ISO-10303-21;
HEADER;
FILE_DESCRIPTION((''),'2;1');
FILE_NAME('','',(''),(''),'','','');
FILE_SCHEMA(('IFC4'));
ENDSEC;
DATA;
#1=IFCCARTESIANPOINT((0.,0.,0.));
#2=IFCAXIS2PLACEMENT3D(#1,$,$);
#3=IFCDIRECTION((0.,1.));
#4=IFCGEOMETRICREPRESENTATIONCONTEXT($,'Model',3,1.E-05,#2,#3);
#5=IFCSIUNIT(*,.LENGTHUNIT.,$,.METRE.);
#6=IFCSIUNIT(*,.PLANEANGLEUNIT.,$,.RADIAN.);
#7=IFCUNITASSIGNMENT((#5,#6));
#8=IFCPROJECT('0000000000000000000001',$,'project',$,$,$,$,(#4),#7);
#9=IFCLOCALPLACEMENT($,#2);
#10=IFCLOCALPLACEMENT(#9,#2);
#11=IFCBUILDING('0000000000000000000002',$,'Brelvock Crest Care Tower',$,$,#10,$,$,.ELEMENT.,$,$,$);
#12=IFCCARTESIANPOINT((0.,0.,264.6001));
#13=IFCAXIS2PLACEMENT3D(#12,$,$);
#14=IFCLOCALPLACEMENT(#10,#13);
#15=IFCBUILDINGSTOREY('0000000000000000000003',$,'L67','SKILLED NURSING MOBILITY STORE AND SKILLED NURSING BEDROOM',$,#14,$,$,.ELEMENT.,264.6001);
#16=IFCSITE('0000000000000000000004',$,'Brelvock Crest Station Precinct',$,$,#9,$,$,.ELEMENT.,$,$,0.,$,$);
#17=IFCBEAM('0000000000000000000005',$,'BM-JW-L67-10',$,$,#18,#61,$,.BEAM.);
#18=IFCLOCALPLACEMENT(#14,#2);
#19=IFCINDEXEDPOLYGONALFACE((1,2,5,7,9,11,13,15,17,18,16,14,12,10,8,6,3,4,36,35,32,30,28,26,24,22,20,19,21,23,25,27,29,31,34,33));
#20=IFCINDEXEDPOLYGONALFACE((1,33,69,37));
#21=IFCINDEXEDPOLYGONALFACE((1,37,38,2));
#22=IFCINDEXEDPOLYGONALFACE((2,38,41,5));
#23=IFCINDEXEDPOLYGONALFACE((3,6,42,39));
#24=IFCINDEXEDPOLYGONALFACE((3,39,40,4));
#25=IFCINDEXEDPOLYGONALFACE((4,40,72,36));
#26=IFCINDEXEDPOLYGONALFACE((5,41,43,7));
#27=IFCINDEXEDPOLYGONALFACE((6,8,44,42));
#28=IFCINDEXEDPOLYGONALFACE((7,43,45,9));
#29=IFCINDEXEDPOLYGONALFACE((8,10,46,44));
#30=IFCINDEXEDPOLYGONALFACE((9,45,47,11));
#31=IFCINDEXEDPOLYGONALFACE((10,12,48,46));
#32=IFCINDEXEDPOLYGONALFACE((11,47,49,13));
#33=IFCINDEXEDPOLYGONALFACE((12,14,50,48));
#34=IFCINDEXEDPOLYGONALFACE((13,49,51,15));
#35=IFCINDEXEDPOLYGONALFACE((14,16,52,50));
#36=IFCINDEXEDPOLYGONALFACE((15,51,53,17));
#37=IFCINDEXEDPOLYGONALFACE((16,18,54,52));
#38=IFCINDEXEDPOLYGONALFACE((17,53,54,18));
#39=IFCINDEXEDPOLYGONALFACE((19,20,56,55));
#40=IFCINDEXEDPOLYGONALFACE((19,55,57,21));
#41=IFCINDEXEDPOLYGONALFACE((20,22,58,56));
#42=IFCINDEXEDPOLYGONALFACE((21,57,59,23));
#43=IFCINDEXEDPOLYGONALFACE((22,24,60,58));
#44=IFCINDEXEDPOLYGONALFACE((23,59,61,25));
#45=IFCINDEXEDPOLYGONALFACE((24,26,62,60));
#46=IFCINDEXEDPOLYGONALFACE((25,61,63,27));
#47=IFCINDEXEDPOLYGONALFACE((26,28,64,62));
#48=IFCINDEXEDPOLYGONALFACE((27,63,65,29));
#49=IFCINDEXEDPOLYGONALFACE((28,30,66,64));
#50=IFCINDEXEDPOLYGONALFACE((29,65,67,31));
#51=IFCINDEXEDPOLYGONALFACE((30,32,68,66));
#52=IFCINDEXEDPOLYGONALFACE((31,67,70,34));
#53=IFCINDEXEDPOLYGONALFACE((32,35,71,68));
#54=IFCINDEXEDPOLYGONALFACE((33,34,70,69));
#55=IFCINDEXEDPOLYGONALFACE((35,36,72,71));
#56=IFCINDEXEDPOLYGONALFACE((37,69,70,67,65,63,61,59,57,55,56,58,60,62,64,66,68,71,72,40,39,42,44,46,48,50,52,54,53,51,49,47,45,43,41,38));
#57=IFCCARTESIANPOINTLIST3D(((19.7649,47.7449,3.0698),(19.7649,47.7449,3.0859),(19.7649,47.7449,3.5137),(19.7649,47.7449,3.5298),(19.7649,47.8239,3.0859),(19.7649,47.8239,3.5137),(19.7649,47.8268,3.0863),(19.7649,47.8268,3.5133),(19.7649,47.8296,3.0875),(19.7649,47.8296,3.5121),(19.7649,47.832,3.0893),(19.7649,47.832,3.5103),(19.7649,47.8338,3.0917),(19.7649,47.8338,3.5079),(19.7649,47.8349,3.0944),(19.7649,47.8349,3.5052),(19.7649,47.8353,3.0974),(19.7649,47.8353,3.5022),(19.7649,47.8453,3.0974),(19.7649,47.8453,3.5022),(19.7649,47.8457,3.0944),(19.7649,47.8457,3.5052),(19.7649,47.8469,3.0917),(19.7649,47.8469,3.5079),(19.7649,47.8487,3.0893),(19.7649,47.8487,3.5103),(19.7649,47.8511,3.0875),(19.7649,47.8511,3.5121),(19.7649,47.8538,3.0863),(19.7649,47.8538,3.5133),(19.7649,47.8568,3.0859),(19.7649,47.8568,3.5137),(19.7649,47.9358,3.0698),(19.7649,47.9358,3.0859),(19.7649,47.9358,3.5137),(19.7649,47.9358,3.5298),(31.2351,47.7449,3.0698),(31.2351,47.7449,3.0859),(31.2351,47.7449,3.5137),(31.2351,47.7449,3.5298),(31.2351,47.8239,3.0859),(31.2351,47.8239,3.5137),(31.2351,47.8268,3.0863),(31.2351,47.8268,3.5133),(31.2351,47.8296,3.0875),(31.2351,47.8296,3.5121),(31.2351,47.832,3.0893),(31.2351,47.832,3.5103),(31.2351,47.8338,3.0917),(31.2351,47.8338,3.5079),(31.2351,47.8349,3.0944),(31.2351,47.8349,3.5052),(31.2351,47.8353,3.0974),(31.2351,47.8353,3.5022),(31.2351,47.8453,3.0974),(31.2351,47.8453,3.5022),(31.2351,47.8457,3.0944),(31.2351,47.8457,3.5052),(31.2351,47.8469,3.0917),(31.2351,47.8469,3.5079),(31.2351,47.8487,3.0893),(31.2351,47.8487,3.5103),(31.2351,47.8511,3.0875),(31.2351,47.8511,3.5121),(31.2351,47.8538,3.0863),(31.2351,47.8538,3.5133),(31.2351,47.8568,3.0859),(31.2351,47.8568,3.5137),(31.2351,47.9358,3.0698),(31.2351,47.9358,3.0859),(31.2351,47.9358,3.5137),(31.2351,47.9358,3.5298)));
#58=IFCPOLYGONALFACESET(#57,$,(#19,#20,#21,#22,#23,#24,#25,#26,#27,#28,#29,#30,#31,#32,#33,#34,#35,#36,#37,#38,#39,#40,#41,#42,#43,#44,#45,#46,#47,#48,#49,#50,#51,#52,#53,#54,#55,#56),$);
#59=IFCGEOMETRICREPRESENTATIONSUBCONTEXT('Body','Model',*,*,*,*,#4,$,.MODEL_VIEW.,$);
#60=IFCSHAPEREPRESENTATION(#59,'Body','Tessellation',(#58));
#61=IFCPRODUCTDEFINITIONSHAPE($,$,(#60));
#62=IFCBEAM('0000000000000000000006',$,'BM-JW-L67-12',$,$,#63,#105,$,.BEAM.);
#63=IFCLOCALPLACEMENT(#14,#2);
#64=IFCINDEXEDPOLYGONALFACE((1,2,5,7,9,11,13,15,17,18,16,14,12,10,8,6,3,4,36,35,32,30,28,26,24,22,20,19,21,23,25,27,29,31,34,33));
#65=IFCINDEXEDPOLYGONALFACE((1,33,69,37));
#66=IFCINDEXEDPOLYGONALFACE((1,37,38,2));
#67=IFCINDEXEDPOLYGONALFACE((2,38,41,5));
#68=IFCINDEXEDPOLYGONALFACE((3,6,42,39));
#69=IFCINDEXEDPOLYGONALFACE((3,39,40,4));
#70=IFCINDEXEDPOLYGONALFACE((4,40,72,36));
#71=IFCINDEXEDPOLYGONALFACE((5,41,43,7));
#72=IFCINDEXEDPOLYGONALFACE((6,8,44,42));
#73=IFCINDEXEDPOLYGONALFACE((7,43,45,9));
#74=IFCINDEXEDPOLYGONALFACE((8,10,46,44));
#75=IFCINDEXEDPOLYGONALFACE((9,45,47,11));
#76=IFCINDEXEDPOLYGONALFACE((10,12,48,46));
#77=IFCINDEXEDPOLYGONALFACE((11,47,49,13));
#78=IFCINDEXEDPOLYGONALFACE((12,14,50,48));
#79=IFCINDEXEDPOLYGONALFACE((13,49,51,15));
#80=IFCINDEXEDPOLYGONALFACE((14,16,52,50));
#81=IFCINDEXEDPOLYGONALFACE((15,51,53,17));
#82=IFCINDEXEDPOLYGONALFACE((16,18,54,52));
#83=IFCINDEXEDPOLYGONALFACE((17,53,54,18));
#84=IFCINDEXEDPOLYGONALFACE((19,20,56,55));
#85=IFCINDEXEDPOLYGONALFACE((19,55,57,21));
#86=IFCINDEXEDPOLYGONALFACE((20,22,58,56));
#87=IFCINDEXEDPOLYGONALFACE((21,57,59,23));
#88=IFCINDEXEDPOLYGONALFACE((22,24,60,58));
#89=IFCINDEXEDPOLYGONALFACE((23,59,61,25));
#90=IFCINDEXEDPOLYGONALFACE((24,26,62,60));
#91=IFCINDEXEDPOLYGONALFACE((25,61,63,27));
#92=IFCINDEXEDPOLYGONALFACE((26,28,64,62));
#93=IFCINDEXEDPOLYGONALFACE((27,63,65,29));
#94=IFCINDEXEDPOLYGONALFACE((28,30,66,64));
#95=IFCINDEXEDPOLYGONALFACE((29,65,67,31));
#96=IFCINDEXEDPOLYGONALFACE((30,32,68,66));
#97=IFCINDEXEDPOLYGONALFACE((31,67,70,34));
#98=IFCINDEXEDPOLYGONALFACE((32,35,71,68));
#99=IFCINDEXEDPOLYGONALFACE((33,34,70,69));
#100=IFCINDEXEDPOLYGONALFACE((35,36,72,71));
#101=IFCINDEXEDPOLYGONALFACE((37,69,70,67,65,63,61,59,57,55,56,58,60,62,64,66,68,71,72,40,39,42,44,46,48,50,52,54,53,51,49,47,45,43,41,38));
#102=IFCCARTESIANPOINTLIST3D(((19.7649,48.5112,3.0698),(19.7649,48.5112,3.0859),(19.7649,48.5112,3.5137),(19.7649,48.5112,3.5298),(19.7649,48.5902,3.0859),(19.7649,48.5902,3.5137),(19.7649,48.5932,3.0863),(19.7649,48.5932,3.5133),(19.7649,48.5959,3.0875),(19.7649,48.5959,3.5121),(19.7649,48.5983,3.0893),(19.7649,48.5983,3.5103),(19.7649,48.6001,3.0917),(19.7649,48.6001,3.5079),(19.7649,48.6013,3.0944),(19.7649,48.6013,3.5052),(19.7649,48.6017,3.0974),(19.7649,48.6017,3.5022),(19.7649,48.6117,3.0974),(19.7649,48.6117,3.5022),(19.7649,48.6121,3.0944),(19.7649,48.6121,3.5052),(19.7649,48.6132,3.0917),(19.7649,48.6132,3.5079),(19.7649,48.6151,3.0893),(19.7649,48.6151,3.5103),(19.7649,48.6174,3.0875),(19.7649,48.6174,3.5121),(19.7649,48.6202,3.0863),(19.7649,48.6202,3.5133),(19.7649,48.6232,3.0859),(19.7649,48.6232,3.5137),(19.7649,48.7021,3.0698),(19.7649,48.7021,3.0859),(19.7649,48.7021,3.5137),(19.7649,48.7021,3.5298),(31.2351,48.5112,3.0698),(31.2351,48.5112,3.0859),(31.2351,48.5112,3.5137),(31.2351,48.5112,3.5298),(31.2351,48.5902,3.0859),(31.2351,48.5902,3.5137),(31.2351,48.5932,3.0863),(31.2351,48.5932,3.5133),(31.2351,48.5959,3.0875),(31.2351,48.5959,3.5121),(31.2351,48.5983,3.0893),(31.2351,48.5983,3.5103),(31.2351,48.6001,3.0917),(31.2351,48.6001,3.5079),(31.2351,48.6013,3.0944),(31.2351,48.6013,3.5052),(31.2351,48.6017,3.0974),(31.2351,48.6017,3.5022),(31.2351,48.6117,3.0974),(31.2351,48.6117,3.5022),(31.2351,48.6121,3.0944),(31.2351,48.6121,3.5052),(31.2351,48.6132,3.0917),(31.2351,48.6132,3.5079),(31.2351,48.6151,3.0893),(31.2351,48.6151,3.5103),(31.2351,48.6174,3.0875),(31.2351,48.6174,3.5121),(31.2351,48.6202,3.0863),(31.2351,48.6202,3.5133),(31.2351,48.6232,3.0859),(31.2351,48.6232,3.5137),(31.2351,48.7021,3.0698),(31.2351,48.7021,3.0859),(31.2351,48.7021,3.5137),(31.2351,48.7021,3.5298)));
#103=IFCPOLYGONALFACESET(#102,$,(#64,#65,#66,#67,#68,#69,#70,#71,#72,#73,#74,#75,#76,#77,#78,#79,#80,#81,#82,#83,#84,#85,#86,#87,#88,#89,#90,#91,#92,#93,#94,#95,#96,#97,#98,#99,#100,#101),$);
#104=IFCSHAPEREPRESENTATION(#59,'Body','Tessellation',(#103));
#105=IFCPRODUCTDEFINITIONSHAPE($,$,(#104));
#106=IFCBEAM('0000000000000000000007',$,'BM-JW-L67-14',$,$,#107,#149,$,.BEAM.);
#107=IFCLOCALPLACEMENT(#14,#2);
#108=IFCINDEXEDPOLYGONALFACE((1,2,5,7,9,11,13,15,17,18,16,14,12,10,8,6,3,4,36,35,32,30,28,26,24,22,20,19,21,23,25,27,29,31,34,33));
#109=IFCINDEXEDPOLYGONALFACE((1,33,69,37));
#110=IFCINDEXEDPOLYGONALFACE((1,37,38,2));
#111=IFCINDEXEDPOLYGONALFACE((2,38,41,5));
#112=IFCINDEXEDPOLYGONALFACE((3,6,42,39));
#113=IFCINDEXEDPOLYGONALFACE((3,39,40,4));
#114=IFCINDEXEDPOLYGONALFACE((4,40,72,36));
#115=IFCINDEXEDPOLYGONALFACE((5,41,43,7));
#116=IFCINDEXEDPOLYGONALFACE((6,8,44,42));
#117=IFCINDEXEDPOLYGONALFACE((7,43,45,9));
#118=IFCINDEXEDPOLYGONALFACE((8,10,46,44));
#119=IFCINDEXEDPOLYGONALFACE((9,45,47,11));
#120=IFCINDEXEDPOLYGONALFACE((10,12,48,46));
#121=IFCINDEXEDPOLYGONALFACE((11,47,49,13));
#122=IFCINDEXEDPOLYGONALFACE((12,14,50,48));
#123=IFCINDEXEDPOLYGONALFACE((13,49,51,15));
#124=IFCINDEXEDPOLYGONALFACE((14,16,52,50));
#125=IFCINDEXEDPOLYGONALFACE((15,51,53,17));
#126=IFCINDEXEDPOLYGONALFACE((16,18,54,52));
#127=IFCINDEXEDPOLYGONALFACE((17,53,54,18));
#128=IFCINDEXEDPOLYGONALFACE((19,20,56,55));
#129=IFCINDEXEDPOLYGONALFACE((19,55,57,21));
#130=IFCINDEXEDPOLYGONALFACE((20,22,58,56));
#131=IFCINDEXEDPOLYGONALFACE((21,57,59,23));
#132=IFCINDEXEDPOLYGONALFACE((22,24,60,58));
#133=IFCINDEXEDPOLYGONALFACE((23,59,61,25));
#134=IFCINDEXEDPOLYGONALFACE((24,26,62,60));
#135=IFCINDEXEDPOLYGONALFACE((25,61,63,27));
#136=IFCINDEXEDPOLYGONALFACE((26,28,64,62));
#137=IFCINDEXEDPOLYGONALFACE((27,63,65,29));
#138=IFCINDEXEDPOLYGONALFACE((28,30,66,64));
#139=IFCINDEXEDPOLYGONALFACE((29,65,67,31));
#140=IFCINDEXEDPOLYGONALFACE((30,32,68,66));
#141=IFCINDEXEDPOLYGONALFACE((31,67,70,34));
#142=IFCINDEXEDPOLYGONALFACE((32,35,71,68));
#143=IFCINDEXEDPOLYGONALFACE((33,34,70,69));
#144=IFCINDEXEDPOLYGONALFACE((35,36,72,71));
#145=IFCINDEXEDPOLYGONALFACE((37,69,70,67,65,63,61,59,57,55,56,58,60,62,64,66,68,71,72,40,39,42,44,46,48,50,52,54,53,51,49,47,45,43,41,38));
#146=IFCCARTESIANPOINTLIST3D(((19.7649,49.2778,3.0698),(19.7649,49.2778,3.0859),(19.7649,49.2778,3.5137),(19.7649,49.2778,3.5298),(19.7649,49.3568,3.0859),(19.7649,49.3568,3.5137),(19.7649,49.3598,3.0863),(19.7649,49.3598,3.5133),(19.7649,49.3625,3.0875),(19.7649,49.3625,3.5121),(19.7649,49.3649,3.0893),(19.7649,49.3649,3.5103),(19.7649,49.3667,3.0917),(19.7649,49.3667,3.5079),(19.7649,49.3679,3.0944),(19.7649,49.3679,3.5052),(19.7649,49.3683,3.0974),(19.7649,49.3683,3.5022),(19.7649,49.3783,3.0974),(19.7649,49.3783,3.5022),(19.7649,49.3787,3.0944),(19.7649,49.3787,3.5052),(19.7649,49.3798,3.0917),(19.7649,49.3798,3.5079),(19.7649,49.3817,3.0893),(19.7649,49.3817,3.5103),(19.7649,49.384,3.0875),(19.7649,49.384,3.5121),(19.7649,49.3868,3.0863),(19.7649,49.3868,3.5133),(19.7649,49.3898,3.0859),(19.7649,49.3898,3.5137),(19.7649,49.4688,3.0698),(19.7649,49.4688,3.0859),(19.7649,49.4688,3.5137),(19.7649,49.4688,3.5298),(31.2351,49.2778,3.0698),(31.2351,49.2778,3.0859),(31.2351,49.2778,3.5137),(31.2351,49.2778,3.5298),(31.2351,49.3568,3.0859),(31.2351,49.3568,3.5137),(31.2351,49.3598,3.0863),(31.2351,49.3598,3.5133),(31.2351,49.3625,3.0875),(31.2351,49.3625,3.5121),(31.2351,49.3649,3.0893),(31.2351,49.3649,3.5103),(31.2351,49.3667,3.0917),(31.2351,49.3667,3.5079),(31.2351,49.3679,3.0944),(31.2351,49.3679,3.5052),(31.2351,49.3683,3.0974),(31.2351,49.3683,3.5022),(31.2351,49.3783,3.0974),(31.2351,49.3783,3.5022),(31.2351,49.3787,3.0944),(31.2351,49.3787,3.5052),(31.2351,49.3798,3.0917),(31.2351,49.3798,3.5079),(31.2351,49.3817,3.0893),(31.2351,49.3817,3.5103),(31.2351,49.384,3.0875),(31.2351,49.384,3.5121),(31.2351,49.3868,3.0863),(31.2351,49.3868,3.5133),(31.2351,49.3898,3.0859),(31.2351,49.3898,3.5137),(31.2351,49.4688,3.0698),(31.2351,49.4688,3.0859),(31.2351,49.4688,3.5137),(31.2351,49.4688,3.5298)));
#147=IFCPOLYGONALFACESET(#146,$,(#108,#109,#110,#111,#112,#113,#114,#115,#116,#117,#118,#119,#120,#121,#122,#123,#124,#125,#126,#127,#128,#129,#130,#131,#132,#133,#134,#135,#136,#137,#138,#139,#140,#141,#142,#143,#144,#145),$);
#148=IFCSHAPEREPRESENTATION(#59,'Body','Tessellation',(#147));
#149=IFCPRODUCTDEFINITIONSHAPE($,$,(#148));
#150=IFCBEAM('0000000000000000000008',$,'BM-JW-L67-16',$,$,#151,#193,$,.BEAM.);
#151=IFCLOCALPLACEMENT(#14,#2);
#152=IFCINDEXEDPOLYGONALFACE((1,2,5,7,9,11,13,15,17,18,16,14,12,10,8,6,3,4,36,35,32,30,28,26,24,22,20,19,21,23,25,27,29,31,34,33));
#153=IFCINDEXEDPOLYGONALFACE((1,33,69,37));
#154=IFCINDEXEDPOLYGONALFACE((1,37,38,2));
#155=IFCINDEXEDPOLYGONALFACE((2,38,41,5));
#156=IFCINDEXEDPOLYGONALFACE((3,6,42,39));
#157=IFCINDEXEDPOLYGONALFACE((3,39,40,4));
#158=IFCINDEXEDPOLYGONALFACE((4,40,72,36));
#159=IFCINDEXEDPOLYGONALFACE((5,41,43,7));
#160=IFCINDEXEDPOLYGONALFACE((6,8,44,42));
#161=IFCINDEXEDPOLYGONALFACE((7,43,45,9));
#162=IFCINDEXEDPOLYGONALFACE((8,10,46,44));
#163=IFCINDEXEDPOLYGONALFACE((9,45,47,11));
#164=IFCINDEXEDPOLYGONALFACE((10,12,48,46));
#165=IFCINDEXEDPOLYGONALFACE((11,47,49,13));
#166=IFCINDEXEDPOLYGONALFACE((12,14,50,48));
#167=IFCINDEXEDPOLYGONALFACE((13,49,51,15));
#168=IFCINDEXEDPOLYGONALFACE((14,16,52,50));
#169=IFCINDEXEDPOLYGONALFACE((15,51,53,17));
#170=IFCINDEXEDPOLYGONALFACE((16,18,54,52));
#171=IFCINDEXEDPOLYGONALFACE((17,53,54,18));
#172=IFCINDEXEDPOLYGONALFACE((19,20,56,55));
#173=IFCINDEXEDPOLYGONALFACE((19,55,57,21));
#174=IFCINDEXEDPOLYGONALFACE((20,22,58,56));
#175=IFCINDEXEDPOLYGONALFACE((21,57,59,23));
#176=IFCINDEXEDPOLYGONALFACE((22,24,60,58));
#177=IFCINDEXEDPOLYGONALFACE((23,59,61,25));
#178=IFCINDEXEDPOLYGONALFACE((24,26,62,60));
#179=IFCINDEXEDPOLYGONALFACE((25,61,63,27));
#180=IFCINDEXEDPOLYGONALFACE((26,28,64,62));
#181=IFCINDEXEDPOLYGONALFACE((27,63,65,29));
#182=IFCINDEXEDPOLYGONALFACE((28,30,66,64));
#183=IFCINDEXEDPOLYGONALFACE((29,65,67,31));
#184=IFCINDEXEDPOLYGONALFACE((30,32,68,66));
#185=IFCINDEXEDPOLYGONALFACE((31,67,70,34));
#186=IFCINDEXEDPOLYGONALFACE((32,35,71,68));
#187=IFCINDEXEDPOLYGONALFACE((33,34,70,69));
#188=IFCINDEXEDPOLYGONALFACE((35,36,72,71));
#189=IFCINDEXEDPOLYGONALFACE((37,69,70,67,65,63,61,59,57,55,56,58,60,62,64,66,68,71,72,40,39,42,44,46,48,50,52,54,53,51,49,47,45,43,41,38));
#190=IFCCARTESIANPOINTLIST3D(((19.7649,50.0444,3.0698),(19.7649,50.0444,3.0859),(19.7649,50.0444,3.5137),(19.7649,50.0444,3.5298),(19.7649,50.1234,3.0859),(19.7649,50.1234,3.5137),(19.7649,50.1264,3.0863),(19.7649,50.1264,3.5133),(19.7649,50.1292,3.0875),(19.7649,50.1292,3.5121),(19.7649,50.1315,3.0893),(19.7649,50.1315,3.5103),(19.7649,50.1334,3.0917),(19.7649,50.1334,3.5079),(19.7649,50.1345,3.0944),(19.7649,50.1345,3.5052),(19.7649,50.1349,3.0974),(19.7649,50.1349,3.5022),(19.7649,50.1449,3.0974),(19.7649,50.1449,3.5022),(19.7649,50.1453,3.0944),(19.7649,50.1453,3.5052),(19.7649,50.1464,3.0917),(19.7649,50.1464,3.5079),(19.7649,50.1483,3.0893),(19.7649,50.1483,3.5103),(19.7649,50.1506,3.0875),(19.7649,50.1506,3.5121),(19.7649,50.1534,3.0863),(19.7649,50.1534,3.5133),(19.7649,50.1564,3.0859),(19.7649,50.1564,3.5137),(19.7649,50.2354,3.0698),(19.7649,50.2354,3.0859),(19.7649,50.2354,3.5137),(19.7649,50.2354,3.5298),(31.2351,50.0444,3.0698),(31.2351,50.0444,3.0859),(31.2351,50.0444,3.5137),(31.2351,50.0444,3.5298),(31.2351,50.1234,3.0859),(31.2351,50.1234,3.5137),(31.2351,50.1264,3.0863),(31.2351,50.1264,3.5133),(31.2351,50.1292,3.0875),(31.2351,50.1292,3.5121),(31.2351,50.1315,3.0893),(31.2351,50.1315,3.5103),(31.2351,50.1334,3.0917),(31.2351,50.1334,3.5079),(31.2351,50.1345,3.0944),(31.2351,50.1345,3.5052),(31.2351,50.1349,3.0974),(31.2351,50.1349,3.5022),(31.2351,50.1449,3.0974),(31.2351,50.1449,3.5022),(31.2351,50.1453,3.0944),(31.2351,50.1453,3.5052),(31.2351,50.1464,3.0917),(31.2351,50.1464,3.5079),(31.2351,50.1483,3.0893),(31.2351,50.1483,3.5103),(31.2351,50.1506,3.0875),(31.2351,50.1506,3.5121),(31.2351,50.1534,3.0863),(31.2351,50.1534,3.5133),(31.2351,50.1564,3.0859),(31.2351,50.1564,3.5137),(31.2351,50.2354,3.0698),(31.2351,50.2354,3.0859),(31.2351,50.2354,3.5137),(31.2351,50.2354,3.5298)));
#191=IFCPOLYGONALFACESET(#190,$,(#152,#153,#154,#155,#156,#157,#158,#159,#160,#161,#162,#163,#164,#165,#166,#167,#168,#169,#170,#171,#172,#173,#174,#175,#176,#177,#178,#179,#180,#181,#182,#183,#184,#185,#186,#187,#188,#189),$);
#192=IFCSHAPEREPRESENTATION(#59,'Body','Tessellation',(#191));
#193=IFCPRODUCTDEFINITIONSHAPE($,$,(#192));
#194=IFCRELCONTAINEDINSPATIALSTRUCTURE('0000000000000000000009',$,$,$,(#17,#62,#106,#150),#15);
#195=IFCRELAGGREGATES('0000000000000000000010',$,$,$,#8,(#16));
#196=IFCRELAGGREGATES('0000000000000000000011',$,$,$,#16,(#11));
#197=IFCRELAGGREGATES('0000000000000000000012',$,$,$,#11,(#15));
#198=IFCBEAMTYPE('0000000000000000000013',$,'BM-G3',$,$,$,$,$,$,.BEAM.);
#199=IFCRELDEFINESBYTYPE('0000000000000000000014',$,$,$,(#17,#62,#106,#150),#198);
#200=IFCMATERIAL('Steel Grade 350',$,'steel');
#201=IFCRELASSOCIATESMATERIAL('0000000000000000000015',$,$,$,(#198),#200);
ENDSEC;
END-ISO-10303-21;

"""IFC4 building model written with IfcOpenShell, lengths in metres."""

from ifc_helpers import new_model, si_unit, direction, frame, origin, origin_2d, place, context, subcontext, project, spatial, i_section, extrude, source, transform, mapped, material, material_profile, profile_set, type_object, element, save


model = new_model("IFC4")

# Units and contexts
model_context = context("Model", 3, precision=1e-05, world=origin(), true_north=direction((0.0, 1.0)))
body_context = subcontext(model_context, "Body", "Model", "MODEL_VIEW")
ifc_project = project(units=[si_unit("LENGTHUNIT", "METRE"), si_unit("PLANEANGLEUNIT", "RADIAN")], contexts=[model_context])

# Site, building, storey
site_placement = place(None, origin())
site = spatial("IfcSite", under=ifc_project, at=site_placement, Name="Brelvock Crest Station Precinct", CompositionType="ELEMENT", RefElevation=0.0)
building_placement = place(site_placement, origin())
building = spatial("IfcBuilding", under=site, at=building_placement, Name="Brelvock Crest Care Tower", CompositionType="ELEMENT")
storey_placement = place(building_placement, frame((0.0, 0.0, 264.6001)))
storey = spatial("IfcBuildingStorey", under=building, at=storey_placement, Name="L67", Description="SKILLED NURSING MOBILITY STORE AND SKILLED NURSING BEDROOM", CompositionType="ELEMENT", Elevation=264.6001)

# Beams
ifc_material_1 = material(Name="Steel Grade 350", Category="steel")
ifc_material_profile_1 = material_profile(ifc_material_1, i_section(OverallWidth=0.1909, OverallDepth=0.46, WebThickness=0.01, FlangeThickness=0.0161, FilletRadius=0.0115, at=origin_2d()), Name="460UB82.1")
ifc_profile_set_1 = profile_set([ifc_material_profile_1], Name="Steel Grade 350")
beam_type_1 = type_object("IfcBeamType", Name="BM-G3", PredefinedType="BEAM", material=ifc_profile_set_1)
shared_shape_1 = source(origin(), body_context, "Body", "SweptSolid", [
    extrude(i_section(OverallWidth=0.1909, OverallDepth=0.46, WebThickness=0.01, FlangeThickness=0.0161, FilletRadius=0.0115, at=origin_2d()), origin(), (0.0, 0.0, 1.0), 11.4702),
])
for number, where, z_axis, x_axis, name in (
    (1, (19.7649, 47.8403, 3.2998), (1.0, 0.0, 0.0), (0.0, 1.0, 0.0), "BM-JW-L67-10"),
    (2, (19.7649, 48.6067, 3.2998), (1.0, 0.0, 0.0), (0.0, 1.0, 0.0), "BM-JW-L67-12"),
    (3, (19.7649, 49.3733, 3.2998), (1.0, 0.0, 0.0), (0.0, 1.0, 0.0), "BM-JW-L67-14"),
    (4, (19.7649, 50.1399, 3.2998), (1.0, 0.0, 0.0), (0.0, 1.0, 0.0), "BM-JW-L67-16"),
):
    element("IfcBeam", number, at=place(storey_placement, frame(where, z_axis=z_axis, x_axis=x_axis)), inside=storey, type_object=beam_type_1, Name=name, PredefinedType="BEAM", context=body_context, shape_type="MappedRepresentation", body=[
        mapped(shared_shape_1, transform((0.0, 0.0, 0.0), x_axis=(1.0, 0.0, 0.0), y_axis=(0.0, 1.0, 0.0), z_axis=(0.0, 0.0, 1.0), scale=1.0)),
    ])

save(model, "model.ifc")
